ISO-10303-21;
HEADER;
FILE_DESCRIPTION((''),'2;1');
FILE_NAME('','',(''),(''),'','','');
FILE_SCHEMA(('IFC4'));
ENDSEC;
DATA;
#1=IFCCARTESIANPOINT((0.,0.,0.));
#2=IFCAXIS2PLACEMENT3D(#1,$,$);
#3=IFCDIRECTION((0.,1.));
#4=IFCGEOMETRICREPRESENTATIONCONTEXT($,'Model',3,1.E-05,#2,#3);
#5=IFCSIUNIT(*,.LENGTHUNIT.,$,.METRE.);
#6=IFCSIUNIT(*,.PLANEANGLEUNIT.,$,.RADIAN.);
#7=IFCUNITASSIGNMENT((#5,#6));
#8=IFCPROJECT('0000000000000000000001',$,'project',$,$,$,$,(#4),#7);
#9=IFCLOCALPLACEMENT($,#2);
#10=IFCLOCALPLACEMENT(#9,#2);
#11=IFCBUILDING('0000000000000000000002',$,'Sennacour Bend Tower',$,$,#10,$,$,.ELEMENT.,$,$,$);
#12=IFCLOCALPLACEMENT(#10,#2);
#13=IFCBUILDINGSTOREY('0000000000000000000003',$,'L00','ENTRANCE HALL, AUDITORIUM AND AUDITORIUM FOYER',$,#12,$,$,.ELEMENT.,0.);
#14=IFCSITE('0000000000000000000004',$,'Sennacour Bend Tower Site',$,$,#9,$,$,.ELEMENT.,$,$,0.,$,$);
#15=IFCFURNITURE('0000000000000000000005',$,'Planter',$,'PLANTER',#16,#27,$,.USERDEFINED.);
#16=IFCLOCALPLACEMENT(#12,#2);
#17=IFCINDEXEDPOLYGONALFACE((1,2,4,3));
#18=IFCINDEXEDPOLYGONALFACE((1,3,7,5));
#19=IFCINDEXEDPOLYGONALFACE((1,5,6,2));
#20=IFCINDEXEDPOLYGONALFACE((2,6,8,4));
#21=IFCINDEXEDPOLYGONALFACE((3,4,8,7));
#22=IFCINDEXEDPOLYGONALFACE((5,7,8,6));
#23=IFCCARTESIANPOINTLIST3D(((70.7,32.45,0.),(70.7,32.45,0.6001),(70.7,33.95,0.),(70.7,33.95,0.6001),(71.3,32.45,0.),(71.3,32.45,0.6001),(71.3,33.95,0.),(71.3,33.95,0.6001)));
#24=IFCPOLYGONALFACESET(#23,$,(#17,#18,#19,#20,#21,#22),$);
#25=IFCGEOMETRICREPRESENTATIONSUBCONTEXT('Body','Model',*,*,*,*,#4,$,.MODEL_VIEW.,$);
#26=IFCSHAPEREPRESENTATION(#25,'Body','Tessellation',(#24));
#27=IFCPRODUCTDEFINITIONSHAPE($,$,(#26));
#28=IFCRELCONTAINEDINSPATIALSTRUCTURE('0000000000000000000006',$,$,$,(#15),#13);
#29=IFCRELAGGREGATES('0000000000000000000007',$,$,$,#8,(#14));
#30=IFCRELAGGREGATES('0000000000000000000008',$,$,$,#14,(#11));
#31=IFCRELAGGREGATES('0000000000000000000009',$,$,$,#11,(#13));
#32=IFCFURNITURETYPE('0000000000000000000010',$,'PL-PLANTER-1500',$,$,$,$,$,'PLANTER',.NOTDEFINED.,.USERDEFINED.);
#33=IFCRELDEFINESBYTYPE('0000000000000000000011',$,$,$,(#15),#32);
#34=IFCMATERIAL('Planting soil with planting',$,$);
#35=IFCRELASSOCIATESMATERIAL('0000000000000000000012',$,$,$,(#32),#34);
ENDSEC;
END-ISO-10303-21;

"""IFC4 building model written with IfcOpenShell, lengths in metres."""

from ifc_helpers import new_model, si_unit, direction, frame, origin, origin_2d, place, context, subcontext, project, spatial, rectangle, extrude, material, type_object, element, save


model = new_model("IFC4")

# Units and contexts
model_context = context("Model", 3, precision=1e-05, world=origin(), true_north=direction((0.0, 1.0)))
body_context = subcontext(model_context, "Body", "Model", "MODEL_VIEW")
ifc_project = project(units=[si_unit("LENGTHUNIT", "METRE"), si_unit("PLANEANGLEUNIT", "RADIAN")], contexts=[model_context])

# Site, building, storey
site_placement = place(None, origin())
site = spatial("IfcSite", under=ifc_project, at=site_placement, Name="Sennacour Bend Tower Site", CompositionType="ELEMENT", RefElevation=0.0)
building_placement = place(site_placement, origin())
building = spatial("IfcBuilding", under=site, at=building_placement, Name="Sennacour Bend Tower", CompositionType="ELEMENT")
storey_placement = place(building_placement, origin())
storey = spatial("IfcBuildingStorey", under=building, at=storey_placement, Name="L00", Description="ENTRANCE HALL, AUDITORIUM AND AUDITORIUM FOYER", CompositionType="ELEMENT", Elevation=0.0)

# Furniture
ifc_material_1 = material(Name="Planting soil with planting")
furniture_type = type_object("IfcFurnitureType", Name="PL-PLANTER-1500", ElementType="PLANTER", AssemblyPlace="NOTDEFINED", PredefinedType="USERDEFINED", material=ifc_material_1)
for number, where, z_axis, x_axis, name in (
    (1, (71.0, 33.2, 0.0), (0.0, 0.0, 1.0), (1.0, 0.0, 0.0), "Planter"),
):
    element("IfcFurniture", number, at=place(storey_placement, frame(where, z_axis=z_axis, x_axis=x_axis)), inside=storey, type_object=furniture_type, Name=name, ObjectType="PLANTER", PredefinedType="USERDEFINED", context=body_context, shape_type="SweptSolid", body=[
        extrude(rectangle(XDim=0.6001, YDim=1.5, at=origin_2d()), origin(), (0.0, 0.0, 1.0), 0.6001),
    ])

save(model, "model.ifc")
